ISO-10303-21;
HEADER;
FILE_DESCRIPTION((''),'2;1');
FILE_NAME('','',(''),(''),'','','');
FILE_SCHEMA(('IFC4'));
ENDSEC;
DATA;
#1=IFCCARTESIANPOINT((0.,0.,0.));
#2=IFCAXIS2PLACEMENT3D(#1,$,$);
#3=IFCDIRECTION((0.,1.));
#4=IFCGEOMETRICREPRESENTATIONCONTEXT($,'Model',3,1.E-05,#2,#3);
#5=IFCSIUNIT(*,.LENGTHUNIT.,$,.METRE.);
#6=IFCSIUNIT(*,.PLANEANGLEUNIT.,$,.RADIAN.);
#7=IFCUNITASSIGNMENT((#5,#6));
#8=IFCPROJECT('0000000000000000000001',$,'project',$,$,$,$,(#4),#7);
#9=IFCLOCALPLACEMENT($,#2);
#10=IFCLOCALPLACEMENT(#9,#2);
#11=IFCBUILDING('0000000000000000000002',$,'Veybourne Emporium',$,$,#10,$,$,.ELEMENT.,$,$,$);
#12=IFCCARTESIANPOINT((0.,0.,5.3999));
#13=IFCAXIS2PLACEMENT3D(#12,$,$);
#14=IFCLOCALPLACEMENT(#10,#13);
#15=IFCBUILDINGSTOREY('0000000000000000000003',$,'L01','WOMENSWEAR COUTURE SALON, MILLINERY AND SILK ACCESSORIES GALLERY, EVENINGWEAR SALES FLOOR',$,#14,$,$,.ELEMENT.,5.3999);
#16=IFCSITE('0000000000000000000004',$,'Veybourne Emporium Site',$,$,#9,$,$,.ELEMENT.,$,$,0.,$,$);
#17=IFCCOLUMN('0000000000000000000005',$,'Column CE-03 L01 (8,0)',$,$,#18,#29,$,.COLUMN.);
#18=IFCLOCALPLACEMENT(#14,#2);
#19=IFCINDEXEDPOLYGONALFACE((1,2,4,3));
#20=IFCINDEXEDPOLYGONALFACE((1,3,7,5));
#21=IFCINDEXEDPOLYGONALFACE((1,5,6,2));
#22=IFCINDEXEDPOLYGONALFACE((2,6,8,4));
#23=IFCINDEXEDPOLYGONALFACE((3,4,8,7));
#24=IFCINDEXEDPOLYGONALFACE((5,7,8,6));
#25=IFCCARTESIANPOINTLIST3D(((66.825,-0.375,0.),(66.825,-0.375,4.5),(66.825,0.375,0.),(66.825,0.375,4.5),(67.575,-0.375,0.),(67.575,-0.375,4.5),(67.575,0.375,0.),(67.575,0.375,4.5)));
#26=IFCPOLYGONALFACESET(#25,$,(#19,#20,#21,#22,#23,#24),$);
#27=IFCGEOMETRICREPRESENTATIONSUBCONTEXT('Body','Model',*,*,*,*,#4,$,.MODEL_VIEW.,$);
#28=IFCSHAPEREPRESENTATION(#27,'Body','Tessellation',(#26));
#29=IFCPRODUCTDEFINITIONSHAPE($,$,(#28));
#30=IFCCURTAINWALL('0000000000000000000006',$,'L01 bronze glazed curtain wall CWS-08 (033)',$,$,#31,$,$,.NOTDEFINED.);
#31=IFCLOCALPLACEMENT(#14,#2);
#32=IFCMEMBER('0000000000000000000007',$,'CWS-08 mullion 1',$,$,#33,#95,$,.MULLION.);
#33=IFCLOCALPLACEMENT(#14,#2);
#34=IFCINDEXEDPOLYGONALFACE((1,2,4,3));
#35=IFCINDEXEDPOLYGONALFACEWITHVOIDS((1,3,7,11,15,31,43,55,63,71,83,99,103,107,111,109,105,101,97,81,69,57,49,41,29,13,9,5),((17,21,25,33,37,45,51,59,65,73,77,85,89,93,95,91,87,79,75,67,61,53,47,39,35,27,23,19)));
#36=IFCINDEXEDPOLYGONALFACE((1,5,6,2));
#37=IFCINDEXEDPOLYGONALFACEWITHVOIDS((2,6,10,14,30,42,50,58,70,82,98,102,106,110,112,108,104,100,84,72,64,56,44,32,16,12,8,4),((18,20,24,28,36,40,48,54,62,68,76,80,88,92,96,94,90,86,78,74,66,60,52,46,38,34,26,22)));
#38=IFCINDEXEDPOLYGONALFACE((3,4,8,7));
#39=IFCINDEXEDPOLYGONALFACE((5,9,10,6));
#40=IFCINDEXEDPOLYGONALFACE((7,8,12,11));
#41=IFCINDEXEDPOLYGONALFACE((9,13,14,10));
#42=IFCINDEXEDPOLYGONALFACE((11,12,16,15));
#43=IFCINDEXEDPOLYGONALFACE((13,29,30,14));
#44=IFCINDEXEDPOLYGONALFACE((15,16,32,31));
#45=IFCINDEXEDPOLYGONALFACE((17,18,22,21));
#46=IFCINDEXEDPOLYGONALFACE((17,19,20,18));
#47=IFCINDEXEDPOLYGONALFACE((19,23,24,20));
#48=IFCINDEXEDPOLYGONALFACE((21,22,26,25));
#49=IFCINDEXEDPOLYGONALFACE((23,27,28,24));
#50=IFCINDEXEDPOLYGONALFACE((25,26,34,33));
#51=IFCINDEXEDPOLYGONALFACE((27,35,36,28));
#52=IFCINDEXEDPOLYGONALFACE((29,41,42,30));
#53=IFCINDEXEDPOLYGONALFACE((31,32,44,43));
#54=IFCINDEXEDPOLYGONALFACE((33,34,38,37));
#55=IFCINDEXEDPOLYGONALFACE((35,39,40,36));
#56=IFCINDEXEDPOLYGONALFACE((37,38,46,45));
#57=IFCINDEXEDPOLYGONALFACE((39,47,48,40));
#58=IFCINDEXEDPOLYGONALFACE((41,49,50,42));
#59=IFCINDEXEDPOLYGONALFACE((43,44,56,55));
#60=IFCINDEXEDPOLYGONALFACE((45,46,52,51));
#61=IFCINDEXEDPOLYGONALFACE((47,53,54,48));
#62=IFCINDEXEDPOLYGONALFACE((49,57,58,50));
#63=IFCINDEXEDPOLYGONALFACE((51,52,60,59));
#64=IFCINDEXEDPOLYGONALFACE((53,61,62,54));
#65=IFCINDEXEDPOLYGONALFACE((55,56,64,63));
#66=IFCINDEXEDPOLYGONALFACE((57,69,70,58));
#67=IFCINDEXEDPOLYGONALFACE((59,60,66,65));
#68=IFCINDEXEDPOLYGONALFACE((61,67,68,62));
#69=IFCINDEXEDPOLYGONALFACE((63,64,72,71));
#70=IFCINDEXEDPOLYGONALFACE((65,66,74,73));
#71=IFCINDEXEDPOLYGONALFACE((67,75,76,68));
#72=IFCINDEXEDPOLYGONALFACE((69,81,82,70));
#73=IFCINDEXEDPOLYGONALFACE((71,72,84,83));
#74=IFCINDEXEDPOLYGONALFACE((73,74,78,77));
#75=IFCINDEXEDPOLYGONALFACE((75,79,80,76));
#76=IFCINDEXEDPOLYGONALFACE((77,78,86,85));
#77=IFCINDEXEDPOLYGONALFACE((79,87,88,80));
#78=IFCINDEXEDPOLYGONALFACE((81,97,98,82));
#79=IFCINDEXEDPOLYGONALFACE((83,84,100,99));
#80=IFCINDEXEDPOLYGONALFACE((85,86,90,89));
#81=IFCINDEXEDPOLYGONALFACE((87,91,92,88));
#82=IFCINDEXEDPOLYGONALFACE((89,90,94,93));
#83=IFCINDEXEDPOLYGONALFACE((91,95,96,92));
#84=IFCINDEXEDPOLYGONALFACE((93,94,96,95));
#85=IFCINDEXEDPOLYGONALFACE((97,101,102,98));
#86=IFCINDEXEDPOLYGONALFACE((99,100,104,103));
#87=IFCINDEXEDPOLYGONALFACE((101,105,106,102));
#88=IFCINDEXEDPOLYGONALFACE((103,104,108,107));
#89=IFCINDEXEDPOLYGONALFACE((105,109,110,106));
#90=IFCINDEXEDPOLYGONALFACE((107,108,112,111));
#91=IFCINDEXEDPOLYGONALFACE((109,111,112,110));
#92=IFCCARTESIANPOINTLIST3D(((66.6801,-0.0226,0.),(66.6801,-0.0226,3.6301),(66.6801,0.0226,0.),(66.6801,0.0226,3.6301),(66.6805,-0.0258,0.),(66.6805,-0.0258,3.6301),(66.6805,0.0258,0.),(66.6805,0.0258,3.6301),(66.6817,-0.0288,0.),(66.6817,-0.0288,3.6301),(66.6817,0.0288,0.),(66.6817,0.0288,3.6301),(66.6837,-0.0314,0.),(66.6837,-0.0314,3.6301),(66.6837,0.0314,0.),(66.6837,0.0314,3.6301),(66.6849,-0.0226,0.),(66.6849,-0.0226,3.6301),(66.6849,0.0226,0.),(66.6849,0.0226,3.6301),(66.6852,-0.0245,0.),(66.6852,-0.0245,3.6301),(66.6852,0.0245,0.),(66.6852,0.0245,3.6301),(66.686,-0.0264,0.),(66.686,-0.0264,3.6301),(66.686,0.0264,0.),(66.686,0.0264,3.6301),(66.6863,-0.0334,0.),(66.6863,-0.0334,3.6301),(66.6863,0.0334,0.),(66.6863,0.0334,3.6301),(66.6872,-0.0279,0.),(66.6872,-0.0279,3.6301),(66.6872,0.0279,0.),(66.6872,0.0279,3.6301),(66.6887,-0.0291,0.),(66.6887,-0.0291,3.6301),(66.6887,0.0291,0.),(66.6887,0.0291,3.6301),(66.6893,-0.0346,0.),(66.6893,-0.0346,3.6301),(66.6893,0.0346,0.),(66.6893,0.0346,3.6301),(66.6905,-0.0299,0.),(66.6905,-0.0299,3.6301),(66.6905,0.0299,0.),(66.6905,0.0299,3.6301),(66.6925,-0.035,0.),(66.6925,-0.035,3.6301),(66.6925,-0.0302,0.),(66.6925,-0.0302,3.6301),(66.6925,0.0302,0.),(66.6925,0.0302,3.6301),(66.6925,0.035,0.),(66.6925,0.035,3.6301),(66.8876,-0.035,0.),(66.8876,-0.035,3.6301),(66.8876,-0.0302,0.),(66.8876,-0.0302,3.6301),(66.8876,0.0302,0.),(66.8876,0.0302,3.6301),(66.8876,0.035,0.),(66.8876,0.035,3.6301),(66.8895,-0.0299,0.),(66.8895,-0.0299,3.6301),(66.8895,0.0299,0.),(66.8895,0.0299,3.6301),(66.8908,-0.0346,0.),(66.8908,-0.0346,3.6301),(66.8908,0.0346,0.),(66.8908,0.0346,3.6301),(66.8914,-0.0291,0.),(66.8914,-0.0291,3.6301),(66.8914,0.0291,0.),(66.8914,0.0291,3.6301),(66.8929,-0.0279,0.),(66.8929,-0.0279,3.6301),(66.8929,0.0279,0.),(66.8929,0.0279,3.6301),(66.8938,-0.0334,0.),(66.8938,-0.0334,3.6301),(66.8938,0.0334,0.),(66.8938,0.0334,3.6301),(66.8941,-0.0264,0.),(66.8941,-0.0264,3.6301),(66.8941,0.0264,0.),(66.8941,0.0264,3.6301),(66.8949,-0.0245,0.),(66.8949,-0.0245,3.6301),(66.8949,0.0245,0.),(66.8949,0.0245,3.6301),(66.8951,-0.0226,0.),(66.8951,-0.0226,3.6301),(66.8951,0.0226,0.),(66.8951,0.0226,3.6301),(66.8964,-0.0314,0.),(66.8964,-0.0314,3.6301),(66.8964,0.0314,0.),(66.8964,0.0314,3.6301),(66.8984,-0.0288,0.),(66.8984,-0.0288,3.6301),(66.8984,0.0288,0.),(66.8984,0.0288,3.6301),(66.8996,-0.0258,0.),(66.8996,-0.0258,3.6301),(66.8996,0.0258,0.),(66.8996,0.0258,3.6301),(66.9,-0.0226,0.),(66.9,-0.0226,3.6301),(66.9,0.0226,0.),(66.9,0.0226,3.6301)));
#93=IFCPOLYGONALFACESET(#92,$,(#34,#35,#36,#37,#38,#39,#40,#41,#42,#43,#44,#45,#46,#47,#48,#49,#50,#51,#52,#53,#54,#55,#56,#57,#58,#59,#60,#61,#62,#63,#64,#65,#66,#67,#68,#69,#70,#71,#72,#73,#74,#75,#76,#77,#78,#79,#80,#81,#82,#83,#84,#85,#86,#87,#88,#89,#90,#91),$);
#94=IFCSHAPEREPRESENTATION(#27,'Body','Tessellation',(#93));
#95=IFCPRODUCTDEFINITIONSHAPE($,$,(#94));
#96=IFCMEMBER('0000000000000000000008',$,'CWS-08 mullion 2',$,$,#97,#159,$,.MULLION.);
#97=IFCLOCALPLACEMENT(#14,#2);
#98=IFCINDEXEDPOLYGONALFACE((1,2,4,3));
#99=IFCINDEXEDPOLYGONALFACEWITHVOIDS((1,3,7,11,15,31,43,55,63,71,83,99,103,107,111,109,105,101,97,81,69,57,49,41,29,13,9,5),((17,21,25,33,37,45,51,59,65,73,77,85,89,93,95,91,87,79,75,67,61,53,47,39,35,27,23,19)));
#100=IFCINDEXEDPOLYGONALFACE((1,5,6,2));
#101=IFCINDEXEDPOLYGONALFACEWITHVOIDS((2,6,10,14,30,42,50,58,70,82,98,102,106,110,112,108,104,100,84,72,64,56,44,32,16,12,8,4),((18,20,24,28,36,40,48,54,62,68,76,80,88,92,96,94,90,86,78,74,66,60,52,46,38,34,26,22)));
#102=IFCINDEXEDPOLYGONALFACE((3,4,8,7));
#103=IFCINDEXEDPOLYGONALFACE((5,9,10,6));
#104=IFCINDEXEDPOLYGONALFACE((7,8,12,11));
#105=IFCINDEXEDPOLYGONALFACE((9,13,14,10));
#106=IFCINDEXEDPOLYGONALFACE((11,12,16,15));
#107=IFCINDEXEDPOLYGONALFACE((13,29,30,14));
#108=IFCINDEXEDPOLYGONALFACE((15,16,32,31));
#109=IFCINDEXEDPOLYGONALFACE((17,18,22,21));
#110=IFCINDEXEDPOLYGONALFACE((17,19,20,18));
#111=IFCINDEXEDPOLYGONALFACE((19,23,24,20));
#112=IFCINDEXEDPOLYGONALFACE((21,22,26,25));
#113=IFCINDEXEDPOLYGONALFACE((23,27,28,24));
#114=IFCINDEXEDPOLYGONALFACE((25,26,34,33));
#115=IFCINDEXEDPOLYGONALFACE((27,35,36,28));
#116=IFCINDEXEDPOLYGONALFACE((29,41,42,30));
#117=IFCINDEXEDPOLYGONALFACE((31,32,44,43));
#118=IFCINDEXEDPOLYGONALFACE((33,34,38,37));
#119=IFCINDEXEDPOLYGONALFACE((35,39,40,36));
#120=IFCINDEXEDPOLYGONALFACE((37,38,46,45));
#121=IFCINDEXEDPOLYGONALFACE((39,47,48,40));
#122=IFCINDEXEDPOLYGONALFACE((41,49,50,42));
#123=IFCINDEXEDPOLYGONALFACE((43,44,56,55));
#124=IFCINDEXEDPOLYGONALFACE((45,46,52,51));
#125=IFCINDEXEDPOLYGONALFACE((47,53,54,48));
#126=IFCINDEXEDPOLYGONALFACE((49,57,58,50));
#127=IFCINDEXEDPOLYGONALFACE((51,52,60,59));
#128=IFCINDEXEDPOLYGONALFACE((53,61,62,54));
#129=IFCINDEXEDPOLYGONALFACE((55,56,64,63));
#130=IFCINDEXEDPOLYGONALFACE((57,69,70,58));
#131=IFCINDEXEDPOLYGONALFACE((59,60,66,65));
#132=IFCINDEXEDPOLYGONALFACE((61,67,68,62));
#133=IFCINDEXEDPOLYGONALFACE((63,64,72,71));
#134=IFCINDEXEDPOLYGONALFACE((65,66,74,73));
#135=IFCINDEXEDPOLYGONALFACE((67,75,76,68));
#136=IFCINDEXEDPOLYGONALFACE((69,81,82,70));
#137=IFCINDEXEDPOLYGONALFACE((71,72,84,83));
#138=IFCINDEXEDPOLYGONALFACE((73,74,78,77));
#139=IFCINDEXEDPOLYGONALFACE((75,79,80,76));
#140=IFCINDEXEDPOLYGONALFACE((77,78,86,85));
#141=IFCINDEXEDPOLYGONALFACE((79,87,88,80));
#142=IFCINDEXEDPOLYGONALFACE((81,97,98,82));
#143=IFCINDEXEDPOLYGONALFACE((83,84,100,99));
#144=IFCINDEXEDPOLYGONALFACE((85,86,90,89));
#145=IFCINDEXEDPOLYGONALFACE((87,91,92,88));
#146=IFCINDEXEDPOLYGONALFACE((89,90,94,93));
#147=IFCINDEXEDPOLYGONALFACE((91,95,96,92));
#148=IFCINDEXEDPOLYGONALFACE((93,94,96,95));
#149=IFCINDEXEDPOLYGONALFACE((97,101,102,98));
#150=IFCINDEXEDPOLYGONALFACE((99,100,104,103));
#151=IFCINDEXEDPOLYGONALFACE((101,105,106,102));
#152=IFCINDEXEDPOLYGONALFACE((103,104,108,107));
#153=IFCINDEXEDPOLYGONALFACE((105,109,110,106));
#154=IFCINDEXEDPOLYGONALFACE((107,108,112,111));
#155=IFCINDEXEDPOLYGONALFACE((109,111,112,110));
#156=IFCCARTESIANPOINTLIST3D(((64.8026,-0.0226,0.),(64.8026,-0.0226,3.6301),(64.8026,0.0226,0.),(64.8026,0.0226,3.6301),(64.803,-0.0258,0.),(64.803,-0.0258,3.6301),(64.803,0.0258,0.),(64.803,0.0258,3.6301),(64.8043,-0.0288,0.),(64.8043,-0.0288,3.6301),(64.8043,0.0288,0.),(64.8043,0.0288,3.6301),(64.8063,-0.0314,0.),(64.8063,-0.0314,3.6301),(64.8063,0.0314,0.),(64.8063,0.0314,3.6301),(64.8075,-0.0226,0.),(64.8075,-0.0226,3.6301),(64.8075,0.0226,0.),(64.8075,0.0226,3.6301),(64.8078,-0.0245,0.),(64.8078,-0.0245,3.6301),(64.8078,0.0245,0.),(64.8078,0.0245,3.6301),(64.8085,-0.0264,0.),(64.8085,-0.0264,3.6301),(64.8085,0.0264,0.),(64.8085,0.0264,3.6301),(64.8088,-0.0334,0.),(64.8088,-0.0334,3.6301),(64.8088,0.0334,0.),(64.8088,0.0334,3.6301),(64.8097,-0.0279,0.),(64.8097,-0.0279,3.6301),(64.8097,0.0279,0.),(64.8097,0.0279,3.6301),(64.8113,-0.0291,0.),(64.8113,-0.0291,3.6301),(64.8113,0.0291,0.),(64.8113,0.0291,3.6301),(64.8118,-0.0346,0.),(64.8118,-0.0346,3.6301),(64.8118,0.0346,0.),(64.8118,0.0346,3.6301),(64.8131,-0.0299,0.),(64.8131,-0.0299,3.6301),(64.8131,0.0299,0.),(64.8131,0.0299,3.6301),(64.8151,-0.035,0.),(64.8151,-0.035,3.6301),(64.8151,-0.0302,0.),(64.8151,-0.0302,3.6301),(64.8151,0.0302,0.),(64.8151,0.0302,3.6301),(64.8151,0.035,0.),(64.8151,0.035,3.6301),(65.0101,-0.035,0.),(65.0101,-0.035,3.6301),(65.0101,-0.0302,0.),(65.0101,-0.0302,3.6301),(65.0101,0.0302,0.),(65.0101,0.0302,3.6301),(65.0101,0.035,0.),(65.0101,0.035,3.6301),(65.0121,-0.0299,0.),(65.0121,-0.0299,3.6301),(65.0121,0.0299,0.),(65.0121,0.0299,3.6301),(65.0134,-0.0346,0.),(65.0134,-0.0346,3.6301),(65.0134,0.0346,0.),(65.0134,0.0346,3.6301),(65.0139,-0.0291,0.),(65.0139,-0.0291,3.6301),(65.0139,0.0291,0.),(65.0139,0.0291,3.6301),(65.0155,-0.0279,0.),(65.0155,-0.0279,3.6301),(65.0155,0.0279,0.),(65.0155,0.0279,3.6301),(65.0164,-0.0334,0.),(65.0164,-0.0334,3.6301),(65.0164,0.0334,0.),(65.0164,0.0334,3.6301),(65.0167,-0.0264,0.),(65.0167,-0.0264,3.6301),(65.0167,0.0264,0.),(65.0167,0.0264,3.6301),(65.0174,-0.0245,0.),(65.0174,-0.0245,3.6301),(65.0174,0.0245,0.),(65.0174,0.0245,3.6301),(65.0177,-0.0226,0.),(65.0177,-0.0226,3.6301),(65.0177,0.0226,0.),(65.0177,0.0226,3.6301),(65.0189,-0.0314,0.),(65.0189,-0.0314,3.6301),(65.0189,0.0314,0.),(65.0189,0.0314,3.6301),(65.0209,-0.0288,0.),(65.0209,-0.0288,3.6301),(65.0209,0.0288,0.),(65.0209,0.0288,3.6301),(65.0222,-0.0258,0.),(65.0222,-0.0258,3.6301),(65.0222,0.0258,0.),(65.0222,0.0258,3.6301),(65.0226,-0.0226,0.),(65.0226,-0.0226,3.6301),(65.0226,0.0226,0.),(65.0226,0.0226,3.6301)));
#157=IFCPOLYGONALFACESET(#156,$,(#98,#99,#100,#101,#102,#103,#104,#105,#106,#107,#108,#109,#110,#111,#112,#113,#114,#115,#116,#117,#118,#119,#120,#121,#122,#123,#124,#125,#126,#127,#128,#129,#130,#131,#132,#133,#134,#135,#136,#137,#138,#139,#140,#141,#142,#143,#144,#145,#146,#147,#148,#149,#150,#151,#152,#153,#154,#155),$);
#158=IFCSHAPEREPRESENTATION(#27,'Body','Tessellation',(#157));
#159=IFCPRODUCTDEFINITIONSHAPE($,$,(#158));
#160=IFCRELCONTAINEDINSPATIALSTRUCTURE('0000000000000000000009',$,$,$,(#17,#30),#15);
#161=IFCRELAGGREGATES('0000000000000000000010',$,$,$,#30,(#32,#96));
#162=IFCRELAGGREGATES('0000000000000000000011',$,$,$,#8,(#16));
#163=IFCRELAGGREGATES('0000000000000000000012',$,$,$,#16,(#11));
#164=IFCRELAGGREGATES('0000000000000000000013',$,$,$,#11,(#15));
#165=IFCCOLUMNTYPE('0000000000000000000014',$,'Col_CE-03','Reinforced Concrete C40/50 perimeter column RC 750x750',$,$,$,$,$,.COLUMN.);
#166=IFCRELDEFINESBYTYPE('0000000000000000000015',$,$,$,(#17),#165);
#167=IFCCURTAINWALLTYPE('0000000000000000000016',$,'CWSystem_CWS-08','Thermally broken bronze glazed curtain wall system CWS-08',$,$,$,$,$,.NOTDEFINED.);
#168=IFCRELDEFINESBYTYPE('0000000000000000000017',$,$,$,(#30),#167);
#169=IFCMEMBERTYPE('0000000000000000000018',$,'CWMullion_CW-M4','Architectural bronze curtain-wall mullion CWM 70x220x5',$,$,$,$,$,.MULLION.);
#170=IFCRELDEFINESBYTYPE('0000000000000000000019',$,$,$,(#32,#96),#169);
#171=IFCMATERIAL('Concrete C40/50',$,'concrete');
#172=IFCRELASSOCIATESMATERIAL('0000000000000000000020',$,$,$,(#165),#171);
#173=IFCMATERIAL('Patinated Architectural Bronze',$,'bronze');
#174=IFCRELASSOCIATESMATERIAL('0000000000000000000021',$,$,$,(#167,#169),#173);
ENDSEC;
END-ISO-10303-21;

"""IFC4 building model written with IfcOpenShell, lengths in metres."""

from ifc_helpers import new_model, si_unit, direction, frame, origin, origin_2d, place, context, subcontext, project, spatial, rectangle, hollow_rectangle, extrude, material, material_profile, profile_set, type_object, element, aggregate, save


model = new_model("IFC4")

# Units and contexts
model_context = context("Model", 3, precision=1e-05, world=origin(), true_north=direction((0.0, 1.0)))
body_context = subcontext(model_context, "Body", "Model", "MODEL_VIEW")
ifc_project = project(units=[si_unit("LENGTHUNIT", "METRE"), si_unit("PLANEANGLEUNIT", "RADIAN")], contexts=[model_context])

# Site, building, storey
site_placement = place(None, origin())
site = spatial("IfcSite", under=ifc_project, at=site_placement, Name="Veybourne Emporium Site", CompositionType="ELEMENT", RefElevation=0.0)
building_placement = place(site_placement, origin())
building = spatial("IfcBuilding", under=site, at=building_placement, Name="Veybourne Emporium", CompositionType="ELEMENT")
storey_placement = place(building_placement, frame((0.0, 0.0, 5.3999)))
storey = spatial("IfcBuildingStorey", under=building, at=storey_placement, Name="L01", Description="WOMENSWEAR COUTURE SALON, MILLINERY AND SILK ACCESSORIES GALLERY, EVENINGWEAR SALES FLOOR", CompositionType="ELEMENT", Elevation=5.3999)

# Column
ifc_material_1 = material(Name="Concrete C40/50", Category="concrete")
ifc_material_profile_1 = material_profile(ifc_material_1, rectangle(XDim=0.75, YDim=0.75, at=origin_2d()), Name="RC 750x750")
ifc_profile_set_1 = profile_set([ifc_material_profile_1], Name="Concrete C40/50")
column_type = type_object("IfcColumnType", Name="Col_CE-03", Description="Reinforced Concrete C40/50 perimeter column RC 750x750", PredefinedType="COLUMN", material=ifc_profile_set_1)
column_placement = place(storey_placement, frame((67.2, 0.0, 0.0), z_axis=(0.0, 0.0, 1.0), x_axis=(1.0, 0.0, 0.0)))
element("IfcColumn", 1, at=column_placement, inside=storey, type_object=column_type, Name="Column CE-03 L01 (8,0)", PredefinedType="COLUMN", context=body_context, shape_type="SweptSolid", body=[
    extrude(rectangle(XDim=0.75, YDim=0.75, at=origin_2d()), origin(), (0.0, 0.0, 1.0), 4.5),
])

# Curtain wall, members
ifc_material_2 = material(Name="Patinated Architectural Bronze", Category="bronze")
curtain_wall_type = type_object("IfcCurtainWallType", Name="CWSystem_CWS-08", Description="Thermally broken bronze glazed curtain wall system CWS-08", PredefinedType="NOTDEFINED", material=ifc_material_2)
curtain_wall_placement = place(storey_placement, origin())
curtain_wall = element("IfcCurtainWall", 2, at=curtain_wall_placement, inside=storey, type_object=curtain_wall_type, Name="L01 bronze glazed curtain wall CWS-08 (033)", PredefinedType="NOTDEFINED")
ifc_material_profile_2 = material_profile(ifc_material_2, hollow_rectangle(XDim=0.0701, YDim=0.22, WallThickness=0.0049, InnerFilletRadius=0.0076, OuterFilletRadius=0.0125, at=origin_2d()), Name="CWM 70x220x5")
ifc_profile_set_2 = profile_set([ifc_material_profile_2], Name="Patinated Architectural Bronze")
member_type_1 = type_object("IfcMemberType", Name="CWMullion_CW-M4", Description="Architectural bronze curtain-wall mullion CWM 70x220x5", PredefinedType="MULLION", material=ifc_profile_set_2)
member_1_placement = place(storey_placement, frame((66.79, 0.0, 0.0), z_axis=(0.0, 0.0, 1.0), x_axis=(0.0, -1.0, 0.0)))
member_1 = element("IfcMember", 3, at=member_1_placement, type_object=member_type_1, Name="CWS-08 mullion 1", PredefinedType="MULLION", context=body_context, shape_type="SweptSolid", body=[
    extrude(hollow_rectangle(XDim=0.0701, YDim=0.22, WallThickness=0.0049, InnerFilletRadius=0.0076, OuterFilletRadius=0.0125, at=origin_2d()), origin(), (0.0, 0.0, 1.0), 3.6301),
])
member_2_placement = place(storey_placement, frame((64.9126, 0.0, 0.0), z_axis=(0.0, 0.0, 1.0), x_axis=(0.0, -1.0, 0.0)))
member_2 = element("IfcMember", 4, at=member_2_placement, type_object=member_type_1, Name="CWS-08 mullion 2", PredefinedType="MULLION", context=body_context, shape_type="SweptSolid", body=[
    extrude(hollow_rectangle(XDim=0.0701, YDim=0.22, WallThickness=0.0049, InnerFilletRadius=0.0076, OuterFilletRadius=0.0125, at=origin_2d()), origin(), (0.0, 0.0, 1.0), 3.6301),
])

aggregate(curtain_wall, [member_1, member_2])

save(model, "model.ifc")
